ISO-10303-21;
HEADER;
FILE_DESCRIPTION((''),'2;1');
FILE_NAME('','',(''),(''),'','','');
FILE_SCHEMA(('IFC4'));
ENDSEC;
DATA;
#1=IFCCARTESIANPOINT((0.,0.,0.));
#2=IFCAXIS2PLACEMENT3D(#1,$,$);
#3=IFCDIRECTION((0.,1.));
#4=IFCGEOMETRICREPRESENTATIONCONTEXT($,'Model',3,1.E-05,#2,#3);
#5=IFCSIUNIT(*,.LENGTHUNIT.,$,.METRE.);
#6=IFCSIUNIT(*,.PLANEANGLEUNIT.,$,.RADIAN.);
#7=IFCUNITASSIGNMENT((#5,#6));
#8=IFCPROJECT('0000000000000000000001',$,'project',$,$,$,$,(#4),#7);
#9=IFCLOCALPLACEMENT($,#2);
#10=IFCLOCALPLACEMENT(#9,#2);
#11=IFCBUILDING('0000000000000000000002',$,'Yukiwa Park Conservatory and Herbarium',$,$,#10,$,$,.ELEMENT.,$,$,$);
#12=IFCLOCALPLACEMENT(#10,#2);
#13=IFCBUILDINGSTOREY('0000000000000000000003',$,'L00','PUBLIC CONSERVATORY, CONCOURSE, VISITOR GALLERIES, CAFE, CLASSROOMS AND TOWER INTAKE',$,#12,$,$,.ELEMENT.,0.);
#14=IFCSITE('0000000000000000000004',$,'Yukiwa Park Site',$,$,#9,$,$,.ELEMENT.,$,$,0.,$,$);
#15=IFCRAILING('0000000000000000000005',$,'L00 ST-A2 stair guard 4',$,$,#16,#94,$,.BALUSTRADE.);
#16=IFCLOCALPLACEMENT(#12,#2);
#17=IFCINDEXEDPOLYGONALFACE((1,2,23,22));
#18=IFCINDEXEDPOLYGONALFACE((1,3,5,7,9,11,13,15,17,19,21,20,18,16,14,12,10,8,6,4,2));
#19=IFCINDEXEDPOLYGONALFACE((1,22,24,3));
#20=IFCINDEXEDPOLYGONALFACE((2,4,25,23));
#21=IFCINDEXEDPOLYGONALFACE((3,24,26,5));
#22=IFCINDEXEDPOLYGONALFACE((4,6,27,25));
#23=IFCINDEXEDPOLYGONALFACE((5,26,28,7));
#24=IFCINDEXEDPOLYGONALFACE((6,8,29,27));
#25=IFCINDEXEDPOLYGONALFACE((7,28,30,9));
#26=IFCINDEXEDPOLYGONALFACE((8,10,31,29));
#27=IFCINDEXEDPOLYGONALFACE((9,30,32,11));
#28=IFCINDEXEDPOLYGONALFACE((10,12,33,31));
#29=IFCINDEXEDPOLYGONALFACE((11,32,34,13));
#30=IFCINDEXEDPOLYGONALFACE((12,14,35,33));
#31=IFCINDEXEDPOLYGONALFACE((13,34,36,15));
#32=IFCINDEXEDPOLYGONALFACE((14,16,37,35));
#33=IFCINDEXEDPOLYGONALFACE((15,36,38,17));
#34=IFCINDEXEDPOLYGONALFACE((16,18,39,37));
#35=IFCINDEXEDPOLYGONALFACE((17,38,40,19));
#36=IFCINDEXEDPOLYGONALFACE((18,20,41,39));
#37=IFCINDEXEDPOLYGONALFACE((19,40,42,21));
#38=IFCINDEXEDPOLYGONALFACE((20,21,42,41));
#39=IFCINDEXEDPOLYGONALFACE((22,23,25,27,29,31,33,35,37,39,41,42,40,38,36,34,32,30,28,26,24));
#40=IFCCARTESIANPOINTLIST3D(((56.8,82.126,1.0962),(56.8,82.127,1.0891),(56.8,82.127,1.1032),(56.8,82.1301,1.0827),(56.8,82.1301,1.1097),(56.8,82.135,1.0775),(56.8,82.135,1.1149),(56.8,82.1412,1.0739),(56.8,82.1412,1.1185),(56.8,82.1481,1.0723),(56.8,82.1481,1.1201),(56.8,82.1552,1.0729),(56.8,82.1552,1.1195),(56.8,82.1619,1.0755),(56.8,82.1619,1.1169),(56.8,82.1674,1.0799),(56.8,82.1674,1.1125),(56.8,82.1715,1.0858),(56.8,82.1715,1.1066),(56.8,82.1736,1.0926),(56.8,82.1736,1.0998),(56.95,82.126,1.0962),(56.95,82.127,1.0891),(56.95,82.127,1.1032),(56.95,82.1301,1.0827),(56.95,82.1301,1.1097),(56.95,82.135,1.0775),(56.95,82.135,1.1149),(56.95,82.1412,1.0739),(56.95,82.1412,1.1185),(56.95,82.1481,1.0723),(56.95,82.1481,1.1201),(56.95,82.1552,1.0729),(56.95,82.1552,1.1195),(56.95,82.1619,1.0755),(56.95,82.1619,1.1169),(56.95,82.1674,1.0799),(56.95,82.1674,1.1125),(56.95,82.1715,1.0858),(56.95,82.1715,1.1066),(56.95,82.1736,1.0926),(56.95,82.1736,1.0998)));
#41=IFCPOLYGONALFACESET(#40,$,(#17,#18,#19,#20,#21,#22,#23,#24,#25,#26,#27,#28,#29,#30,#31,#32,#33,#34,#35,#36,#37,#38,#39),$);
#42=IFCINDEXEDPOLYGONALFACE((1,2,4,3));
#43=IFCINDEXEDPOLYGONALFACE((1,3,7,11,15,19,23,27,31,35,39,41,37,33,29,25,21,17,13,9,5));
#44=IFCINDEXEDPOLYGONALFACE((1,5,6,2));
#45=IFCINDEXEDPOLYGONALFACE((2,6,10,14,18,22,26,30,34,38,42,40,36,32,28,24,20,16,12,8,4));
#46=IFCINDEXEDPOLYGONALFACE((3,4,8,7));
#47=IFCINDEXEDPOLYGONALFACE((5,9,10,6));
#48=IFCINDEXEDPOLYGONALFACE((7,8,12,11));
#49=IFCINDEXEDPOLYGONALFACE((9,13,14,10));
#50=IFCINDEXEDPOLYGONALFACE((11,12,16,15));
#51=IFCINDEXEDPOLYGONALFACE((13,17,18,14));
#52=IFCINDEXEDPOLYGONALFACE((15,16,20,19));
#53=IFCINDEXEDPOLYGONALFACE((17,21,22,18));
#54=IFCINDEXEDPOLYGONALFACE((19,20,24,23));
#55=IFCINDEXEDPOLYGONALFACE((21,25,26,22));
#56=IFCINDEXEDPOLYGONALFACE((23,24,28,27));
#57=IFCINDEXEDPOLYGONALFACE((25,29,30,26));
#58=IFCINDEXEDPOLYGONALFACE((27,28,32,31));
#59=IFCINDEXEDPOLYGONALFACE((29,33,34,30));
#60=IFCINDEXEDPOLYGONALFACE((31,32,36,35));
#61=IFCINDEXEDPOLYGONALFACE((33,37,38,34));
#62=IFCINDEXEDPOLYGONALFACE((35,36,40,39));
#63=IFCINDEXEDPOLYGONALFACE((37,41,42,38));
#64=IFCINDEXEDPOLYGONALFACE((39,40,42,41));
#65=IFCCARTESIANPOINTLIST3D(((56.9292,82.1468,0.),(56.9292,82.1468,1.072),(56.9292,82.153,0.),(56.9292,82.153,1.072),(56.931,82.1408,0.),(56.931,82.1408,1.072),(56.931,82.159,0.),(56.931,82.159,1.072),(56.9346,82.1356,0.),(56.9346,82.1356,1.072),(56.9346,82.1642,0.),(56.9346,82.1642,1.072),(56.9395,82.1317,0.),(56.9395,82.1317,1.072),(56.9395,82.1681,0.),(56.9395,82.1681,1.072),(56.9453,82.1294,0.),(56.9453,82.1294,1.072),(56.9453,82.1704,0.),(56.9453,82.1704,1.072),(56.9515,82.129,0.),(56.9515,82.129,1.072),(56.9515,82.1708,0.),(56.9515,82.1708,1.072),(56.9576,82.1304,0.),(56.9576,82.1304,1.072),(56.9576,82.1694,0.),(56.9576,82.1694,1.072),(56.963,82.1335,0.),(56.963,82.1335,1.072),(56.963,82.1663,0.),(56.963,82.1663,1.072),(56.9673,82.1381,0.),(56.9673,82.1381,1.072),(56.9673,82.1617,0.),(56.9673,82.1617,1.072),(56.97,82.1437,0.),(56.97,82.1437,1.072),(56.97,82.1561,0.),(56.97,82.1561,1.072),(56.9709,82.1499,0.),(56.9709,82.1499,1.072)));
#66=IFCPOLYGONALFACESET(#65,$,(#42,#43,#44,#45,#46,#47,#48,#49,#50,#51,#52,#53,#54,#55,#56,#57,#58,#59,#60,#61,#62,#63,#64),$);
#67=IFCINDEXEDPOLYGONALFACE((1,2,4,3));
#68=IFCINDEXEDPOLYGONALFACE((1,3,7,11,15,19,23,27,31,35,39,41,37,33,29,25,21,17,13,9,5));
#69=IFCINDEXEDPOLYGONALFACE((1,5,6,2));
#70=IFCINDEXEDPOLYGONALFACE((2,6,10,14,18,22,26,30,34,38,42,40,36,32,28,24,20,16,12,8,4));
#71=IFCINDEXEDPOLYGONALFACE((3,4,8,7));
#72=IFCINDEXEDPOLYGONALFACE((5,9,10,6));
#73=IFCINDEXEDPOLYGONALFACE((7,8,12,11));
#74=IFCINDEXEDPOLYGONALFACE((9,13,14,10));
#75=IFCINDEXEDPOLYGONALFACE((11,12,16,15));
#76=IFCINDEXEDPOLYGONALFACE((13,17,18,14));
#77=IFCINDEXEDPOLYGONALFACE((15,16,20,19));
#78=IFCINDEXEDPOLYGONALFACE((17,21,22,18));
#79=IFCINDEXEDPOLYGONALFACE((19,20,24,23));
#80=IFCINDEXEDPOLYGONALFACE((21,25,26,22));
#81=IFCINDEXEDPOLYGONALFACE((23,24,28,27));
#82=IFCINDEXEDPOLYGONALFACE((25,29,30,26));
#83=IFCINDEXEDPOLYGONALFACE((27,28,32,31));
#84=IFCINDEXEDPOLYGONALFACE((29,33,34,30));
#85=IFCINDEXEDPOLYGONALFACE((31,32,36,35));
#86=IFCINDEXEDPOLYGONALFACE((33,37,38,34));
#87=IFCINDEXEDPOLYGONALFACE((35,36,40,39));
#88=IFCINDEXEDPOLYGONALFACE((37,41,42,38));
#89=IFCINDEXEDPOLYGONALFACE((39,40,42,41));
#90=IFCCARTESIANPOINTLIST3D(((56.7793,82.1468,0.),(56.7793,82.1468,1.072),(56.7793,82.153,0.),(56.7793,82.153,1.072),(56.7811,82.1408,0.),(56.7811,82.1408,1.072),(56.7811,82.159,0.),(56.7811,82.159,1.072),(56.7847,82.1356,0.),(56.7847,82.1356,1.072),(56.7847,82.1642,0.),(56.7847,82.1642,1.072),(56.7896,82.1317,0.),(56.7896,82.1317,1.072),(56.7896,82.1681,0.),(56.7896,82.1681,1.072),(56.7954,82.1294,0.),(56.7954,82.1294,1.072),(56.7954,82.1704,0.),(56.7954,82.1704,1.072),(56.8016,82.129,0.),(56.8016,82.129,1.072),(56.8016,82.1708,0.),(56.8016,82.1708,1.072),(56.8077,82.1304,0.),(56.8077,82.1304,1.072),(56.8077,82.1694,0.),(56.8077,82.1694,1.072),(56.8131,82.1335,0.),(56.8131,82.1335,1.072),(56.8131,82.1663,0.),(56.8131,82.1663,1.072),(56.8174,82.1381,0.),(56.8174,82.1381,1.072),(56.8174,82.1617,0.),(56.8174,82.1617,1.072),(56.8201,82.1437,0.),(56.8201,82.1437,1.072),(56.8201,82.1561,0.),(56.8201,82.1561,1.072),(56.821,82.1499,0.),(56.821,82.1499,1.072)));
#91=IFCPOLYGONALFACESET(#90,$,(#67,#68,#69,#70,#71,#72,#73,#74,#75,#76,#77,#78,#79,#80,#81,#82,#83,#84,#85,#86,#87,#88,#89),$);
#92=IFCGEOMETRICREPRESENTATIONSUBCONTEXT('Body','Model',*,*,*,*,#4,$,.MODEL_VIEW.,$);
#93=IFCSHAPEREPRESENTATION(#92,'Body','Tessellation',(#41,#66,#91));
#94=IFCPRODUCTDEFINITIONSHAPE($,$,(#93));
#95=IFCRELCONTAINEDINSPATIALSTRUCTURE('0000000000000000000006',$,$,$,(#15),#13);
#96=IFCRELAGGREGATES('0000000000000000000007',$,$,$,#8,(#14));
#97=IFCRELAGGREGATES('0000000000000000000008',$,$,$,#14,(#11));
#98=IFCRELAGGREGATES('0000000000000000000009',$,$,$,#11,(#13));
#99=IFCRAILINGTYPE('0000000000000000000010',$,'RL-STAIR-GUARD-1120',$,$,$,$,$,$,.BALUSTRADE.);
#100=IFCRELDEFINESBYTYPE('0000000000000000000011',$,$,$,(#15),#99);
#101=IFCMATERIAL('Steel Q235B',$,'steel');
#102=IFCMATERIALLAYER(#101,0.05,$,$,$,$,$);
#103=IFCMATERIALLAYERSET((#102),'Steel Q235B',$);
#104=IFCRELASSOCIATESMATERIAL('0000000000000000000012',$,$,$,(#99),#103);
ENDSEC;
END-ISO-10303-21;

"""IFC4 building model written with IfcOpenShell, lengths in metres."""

from ifc_helpers import new_model, si_unit, direction, frame, origin, origin_2d, place, context, subcontext, project, spatial, circle, extrude, material, layer, layer_set, type_object, element, save


model = new_model("IFC4")

# Units and contexts
model_context = context("Model", 3, precision=1e-05, world=origin(), true_north=direction((0.0, 1.0)))
body_context = subcontext(model_context, "Body", "Model", "MODEL_VIEW")
ifc_project = project(units=[si_unit("LENGTHUNIT", "METRE"), si_unit("PLANEANGLEUNIT", "RADIAN")], contexts=[model_context])

# Site, building, storey
site_placement = place(None, origin())
site = spatial("IfcSite", under=ifc_project, at=site_placement, Name="Yukiwa Park Site", CompositionType="ELEMENT", RefElevation=0.0)
building_placement = place(site_placement, origin())
building = spatial("IfcBuilding", under=site, at=building_placement, Name="Yukiwa Park Conservatory and Herbarium", CompositionType="ELEMENT")
storey_placement = place(building_placement, origin())
storey = spatial("IfcBuildingStorey", under=building, at=storey_placement, Name="L00", Description="PUBLIC CONSERVATORY, CONCOURSE, VISITOR GALLERIES, CAFE, CLASSROOMS AND TOWER INTAKE", CompositionType="ELEMENT", Elevation=0.0)

# Railing
ifc_material_1 = material(Name="Steel Q235B", Category="steel")
ifc_layer_1 = layer(ifc_material_1, 0.05)
ifc_layer_set_1 = layer_set([ifc_layer_1], Name="Steel Q235B")
railing_type_1 = type_object("IfcRailingType", Name="RL-STAIR-GUARD-1120", PredefinedType="BALUSTRADE", material=ifc_layer_set_1)
railing_1_placement = place(storey_placement, frame((56.95, 82.1499, 0.0)))
element("IfcRailing", 1, at=railing_1_placement, inside=storey, type_object=railing_type_1, Name="L00 ST-A2 stair guard 4", PredefinedType="BALUSTRADE", context=body_context, shape_type="SweptSolid", body=[
    extrude(circle(Radius=0.0239, at=origin_2d()), frame((0.0, 0.0, 1.0962), z_axis=(-1.0, 0.0, 0.0), x_axis=(0.0, -1.0, 0.0)), (0.0, 0.0, 1.0), 0.1499),
    extrude(circle(Radius=0.021, at=origin_2d()), origin(), (0.0, 0.0, 1.0), 1.072),
    extrude(circle(Radius=0.021, at=origin_2d()), frame((-0.1499, 0.0, 0.0)), (0.0, 0.0, 1.0), 1.072),
])

save(model, "model.ifc")
